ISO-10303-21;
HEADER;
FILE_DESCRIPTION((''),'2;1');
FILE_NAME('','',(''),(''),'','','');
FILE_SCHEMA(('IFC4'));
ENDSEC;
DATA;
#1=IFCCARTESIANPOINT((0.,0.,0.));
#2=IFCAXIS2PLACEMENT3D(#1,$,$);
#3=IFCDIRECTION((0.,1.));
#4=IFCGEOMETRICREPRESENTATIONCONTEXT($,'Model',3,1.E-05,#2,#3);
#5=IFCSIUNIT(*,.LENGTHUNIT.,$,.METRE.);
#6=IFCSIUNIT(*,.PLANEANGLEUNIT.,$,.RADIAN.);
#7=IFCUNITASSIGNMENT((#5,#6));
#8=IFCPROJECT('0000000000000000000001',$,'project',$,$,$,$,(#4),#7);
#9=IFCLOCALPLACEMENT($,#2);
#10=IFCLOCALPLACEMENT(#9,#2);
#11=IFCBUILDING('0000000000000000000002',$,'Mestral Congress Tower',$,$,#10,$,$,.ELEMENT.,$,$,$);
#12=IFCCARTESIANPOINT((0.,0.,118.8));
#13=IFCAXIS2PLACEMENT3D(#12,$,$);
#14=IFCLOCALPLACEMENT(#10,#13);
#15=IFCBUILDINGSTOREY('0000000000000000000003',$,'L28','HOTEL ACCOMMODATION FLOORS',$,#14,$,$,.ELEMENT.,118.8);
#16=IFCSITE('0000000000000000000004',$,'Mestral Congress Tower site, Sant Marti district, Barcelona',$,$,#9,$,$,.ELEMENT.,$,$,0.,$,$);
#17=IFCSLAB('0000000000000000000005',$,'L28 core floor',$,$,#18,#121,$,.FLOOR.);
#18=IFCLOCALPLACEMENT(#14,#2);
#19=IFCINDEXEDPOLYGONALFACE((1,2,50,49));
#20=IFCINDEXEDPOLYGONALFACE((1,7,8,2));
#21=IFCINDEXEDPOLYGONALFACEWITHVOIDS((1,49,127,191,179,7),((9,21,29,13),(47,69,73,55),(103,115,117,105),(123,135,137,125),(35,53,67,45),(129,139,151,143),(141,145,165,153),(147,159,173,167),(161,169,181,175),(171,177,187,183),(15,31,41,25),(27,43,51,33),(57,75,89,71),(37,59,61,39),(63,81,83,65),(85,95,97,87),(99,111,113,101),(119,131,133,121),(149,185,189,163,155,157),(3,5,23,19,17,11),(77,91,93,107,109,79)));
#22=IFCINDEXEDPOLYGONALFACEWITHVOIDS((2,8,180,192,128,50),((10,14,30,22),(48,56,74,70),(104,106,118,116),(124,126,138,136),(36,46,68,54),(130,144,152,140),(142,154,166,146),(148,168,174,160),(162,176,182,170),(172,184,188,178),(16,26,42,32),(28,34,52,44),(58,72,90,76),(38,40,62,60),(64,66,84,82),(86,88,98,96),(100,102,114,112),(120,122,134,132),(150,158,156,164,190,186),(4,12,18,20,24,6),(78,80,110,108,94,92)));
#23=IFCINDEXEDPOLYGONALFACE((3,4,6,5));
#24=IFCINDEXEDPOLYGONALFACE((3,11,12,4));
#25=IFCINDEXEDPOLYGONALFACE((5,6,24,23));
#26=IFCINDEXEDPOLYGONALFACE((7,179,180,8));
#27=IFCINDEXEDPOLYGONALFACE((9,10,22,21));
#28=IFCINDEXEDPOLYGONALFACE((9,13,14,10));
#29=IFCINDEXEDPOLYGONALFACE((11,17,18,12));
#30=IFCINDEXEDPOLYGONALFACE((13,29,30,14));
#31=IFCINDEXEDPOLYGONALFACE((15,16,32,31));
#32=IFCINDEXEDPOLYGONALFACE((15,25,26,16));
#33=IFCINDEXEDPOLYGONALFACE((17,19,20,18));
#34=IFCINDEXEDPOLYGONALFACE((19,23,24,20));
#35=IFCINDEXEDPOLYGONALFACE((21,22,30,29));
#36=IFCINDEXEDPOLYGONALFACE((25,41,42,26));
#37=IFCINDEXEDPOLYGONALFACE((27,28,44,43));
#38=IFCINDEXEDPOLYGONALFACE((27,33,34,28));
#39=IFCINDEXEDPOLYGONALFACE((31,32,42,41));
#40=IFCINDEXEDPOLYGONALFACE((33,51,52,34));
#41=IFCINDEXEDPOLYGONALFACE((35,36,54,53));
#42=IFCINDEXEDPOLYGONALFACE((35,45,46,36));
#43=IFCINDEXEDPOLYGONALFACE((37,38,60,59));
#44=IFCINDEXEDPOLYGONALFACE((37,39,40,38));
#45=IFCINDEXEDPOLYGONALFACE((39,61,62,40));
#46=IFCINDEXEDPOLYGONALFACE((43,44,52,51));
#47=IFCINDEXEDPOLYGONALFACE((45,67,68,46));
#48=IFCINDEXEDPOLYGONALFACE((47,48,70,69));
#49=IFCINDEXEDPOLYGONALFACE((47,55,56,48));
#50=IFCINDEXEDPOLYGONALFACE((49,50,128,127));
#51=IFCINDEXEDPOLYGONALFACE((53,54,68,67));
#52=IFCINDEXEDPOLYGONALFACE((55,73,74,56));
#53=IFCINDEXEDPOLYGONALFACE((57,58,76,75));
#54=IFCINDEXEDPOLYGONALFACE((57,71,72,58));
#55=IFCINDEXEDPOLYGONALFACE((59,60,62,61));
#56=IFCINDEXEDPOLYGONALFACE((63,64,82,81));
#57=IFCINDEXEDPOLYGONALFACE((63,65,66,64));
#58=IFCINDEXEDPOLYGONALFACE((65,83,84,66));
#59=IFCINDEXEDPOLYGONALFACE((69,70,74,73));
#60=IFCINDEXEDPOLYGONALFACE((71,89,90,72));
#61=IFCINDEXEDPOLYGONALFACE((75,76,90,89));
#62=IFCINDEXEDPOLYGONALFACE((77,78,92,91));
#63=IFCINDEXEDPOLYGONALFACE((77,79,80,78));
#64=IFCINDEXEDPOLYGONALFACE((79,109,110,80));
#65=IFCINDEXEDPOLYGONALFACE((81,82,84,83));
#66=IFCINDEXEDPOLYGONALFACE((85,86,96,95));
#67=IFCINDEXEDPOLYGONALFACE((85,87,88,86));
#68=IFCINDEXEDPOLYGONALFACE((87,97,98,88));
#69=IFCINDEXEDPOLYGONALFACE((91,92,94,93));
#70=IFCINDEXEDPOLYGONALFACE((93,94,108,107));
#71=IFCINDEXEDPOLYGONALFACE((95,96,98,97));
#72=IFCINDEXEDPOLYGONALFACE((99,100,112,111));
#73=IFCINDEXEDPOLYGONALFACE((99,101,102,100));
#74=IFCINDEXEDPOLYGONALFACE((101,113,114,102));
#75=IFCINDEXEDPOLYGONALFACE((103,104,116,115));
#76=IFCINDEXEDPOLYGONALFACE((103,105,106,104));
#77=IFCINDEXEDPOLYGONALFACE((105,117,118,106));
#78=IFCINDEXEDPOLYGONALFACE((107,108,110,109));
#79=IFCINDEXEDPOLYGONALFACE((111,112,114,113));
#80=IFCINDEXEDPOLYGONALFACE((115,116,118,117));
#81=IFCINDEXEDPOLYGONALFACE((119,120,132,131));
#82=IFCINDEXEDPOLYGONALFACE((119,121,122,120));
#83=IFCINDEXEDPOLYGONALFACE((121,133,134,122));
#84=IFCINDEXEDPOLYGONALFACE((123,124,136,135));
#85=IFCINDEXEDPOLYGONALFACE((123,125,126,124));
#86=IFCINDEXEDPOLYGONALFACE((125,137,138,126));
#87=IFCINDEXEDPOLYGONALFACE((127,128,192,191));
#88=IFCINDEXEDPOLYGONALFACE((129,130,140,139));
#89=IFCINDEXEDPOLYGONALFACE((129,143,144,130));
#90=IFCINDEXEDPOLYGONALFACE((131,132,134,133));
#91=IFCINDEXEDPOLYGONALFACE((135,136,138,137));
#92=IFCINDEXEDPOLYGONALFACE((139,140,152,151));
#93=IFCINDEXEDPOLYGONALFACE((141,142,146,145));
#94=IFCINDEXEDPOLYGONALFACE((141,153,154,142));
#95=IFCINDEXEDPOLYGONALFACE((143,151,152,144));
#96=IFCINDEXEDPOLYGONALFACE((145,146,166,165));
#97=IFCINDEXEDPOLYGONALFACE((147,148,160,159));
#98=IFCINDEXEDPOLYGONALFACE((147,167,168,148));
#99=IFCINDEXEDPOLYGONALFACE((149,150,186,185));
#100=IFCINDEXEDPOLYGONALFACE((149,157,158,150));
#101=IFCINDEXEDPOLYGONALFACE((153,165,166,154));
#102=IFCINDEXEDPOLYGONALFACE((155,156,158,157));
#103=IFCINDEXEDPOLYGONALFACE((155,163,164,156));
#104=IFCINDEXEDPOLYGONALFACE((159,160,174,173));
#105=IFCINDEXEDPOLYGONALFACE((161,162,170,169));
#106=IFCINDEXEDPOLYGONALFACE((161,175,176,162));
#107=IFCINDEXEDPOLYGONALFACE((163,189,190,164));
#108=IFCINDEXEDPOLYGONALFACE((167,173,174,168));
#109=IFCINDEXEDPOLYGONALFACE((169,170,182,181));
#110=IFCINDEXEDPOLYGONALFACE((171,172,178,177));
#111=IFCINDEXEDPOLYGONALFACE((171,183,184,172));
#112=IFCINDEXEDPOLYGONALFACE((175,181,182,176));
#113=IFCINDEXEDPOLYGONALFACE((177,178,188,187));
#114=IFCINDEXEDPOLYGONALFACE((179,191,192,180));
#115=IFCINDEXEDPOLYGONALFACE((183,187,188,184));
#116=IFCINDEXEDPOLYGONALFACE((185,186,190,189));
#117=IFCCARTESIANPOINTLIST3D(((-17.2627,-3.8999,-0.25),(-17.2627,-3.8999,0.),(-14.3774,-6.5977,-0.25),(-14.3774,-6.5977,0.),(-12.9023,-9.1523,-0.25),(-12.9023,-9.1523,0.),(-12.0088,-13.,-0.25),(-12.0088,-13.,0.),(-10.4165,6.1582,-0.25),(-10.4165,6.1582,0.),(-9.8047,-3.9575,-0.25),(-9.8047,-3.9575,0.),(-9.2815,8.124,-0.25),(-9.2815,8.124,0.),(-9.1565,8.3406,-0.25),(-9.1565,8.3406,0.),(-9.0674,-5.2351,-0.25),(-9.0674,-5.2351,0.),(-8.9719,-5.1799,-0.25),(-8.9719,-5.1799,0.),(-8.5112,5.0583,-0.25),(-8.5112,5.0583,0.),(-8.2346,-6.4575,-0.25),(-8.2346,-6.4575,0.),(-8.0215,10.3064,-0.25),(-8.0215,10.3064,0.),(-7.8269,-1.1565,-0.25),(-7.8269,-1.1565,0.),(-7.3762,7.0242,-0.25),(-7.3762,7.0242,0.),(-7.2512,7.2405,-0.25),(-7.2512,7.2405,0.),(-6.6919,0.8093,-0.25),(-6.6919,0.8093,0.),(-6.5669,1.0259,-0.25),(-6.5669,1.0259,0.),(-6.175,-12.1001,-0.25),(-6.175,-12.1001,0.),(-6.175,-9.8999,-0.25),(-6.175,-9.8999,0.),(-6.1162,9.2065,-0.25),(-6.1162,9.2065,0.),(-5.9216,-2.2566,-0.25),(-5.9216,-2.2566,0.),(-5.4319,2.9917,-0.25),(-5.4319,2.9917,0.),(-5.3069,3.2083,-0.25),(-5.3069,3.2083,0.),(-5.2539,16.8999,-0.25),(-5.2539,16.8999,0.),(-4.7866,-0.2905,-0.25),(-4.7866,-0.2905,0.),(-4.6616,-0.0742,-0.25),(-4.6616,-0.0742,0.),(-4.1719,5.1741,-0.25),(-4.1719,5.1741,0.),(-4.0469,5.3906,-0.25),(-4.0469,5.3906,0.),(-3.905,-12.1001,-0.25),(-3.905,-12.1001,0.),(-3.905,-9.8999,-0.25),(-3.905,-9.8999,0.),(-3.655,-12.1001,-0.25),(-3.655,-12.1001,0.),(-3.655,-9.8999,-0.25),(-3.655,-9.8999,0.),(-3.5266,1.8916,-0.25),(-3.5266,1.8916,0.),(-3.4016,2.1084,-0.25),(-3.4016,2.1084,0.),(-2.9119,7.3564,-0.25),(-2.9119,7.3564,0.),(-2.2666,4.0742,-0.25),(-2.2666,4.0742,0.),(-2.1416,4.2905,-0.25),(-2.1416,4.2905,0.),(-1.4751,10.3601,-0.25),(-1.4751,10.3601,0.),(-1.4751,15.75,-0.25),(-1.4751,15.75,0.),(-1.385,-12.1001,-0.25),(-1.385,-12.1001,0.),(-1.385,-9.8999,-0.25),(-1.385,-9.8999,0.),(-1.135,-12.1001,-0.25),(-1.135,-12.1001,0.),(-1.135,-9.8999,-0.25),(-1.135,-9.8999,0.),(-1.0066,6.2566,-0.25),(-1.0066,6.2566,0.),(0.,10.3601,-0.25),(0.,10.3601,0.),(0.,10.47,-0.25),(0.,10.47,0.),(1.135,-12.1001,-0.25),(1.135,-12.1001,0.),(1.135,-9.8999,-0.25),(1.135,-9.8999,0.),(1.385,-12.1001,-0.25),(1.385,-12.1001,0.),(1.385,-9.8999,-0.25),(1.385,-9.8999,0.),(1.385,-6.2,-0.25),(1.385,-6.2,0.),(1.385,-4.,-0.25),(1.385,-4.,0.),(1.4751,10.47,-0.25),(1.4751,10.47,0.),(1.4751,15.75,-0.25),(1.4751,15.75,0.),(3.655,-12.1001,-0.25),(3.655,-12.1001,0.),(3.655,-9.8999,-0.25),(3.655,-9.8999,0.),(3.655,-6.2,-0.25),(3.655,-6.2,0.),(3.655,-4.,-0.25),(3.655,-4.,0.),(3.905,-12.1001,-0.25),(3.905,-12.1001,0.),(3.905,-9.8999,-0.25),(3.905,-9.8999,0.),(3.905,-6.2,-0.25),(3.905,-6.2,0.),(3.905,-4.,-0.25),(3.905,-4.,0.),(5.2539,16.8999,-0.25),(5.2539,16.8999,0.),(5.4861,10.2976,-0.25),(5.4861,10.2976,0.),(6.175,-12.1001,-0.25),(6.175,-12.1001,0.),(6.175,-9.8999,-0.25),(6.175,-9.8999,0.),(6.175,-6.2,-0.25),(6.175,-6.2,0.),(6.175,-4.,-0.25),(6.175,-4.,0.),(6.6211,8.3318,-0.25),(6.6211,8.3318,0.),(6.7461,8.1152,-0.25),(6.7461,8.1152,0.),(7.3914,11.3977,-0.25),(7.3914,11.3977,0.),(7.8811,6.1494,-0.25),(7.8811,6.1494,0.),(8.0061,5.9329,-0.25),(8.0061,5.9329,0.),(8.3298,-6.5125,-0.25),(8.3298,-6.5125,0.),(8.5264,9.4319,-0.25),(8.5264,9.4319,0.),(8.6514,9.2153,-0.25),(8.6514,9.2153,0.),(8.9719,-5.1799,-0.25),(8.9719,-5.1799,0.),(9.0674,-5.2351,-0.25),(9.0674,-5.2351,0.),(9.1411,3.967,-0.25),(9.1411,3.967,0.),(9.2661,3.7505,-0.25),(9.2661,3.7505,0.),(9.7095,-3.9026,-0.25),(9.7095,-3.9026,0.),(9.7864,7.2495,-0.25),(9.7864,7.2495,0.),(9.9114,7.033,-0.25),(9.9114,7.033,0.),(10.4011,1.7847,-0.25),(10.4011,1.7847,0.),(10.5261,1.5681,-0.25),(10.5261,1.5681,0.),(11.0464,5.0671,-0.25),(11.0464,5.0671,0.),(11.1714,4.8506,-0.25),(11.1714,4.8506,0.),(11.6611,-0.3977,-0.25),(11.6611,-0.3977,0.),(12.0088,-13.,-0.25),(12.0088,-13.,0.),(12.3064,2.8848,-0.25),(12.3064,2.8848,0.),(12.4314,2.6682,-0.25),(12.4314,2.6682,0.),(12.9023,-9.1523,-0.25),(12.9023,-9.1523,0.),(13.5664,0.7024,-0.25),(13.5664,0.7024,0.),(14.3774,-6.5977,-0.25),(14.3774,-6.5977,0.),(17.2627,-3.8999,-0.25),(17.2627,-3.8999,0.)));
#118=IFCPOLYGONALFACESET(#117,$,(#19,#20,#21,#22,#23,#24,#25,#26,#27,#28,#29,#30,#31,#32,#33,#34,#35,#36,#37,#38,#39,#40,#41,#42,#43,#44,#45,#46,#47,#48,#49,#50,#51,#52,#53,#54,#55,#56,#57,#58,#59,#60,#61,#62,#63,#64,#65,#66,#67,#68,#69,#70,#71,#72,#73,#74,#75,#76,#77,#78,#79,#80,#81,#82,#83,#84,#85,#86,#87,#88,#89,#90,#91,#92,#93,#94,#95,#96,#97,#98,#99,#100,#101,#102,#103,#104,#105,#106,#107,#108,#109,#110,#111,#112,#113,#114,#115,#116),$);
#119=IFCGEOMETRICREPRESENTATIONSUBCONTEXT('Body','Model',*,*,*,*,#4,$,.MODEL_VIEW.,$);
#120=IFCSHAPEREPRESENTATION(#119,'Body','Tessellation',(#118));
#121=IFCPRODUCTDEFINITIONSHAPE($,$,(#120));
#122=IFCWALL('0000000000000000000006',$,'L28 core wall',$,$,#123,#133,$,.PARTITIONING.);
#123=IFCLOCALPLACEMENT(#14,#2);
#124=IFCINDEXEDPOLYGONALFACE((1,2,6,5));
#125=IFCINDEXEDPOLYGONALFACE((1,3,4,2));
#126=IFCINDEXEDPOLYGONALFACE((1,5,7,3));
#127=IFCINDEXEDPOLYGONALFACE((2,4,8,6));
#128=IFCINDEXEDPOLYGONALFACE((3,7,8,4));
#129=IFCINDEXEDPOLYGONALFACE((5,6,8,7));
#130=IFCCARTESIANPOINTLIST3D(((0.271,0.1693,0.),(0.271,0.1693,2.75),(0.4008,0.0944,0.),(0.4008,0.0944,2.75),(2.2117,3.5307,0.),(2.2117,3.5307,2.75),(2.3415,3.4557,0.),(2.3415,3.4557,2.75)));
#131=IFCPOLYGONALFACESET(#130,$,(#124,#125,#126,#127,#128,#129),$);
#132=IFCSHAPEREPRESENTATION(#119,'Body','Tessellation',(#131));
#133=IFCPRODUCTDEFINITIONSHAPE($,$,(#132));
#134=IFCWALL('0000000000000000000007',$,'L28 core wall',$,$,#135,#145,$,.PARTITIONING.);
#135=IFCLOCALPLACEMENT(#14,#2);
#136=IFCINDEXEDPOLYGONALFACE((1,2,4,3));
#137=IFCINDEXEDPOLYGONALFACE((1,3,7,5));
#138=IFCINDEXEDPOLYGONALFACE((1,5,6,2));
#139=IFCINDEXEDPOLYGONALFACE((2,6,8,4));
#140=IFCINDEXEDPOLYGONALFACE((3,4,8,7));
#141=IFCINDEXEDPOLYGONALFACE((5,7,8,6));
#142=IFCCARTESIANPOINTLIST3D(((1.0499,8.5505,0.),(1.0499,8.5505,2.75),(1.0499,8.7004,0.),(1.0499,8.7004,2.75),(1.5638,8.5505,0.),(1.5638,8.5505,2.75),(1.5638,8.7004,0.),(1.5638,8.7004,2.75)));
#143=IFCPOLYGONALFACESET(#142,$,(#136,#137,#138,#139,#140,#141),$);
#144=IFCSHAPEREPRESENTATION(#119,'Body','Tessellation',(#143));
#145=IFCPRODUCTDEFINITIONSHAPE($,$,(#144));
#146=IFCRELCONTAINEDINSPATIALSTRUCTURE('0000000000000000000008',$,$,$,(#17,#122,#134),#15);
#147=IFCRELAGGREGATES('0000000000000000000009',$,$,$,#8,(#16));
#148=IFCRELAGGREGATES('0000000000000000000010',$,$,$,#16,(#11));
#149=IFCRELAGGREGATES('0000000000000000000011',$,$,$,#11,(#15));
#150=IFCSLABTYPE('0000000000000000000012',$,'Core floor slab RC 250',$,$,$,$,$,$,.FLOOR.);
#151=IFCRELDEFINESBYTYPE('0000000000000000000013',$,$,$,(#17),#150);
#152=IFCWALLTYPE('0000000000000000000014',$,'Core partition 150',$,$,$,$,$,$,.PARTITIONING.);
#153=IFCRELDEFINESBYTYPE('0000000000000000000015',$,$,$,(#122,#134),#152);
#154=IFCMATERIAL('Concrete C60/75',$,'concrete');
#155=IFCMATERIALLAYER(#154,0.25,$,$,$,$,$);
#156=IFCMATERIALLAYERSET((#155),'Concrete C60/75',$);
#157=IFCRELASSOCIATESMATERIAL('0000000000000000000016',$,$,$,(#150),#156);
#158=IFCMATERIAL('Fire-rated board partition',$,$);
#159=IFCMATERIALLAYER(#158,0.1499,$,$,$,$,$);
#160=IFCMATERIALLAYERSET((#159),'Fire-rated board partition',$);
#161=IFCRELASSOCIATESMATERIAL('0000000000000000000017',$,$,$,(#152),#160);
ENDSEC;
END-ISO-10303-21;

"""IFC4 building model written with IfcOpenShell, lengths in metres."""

from ifc_helpers import new_model, si_unit, direction, frame, frame_2d, origin, place, context, subcontext, project, spatial, polyline, rectangle, outline, extrude, material, layer, layer_set, type_object, element, save


model = new_model("IFC4")

# Units and contexts
model_context = context("Model", 3, precision=1e-05, world=origin(), true_north=direction((0.0, 1.0)))
body_context = subcontext(model_context, "Body", "Model", "MODEL_VIEW")
ifc_project = project(units=[si_unit("LENGTHUNIT", "METRE"), si_unit("PLANEANGLEUNIT", "RADIAN")], contexts=[model_context])

# Site, building, storey
site_placement = place(None, origin())
site = spatial("IfcSite", under=ifc_project, at=site_placement, Name="Mestral Congress Tower site, Sant Marti district, Barcelona", CompositionType="ELEMENT", RefElevation=0.0)
building_placement = place(site_placement, origin())
building = spatial("IfcBuilding", under=site, at=building_placement, Name="Mestral Congress Tower", CompositionType="ELEMENT")
storey_placement = place(building_placement, frame((0.0, 0.0, 118.8)))
storey = spatial("IfcBuildingStorey", under=building, at=storey_placement, Name="L28", Description="HOTEL ACCOMMODATION FLOORS", CompositionType="ELEMENT", Elevation=118.8)

# Slab
ifc_material_1 = material(Name="Concrete C60/75", Category="concrete")
ifc_layer_1 = layer(ifc_material_1, 0.25)
ifc_layer_set_1 = layer_set([ifc_layer_1], Name="Concrete C60/75")
slab_type = type_object("IfcSlabType", Name="Core floor slab RC 250", PredefinedType="FLOOR", material=ifc_layer_set_1)
slab_placement = place(storey_placement, frame((0.0, 0.0, -0.25)))
element("IfcSlab", 1, at=slab_placement, inside=storey, type_object=slab_type, Name="L28 core floor", PredefinedType="FLOOR", context=body_context, shape_type="SweptSolid", body=[
    extrude(outline(polyline([(12.0088, -13.0), (-12.0088, -13.0), (-17.2627, -3.8999), (-5.2539, 16.8999), (5.2539, 16.8999), (17.2627, -3.8999), (12.0088, -13.0)]), holes=[polyline([(-3.905, -9.8999), (-6.175, -9.8999), (-6.175, -12.1001), (-3.905, -12.1001), (-3.905, -9.8999)]), polyline([(-1.385, -9.8999), (-3.655, -9.8999), (-3.655, -12.1001), (-1.385, -12.1001), (-1.385, -9.8999)]), polyline([(1.135, -9.8999), (-1.135, -9.8999), (-1.135, -12.1001), (1.135, -12.1001), (1.135, -9.8999)]), polyline([(-9.0674, -5.2351), (-9.8047, -3.9575), (-14.3774, -6.5977), (-12.9023, -9.1523), (-8.2346, -6.4575), (-8.9719, -5.1799), (-9.0674, -5.2351)]), polyline([(-7.8269, -1.1565), (-5.9216, -2.2566), (-4.7866, -0.2905), (-6.6919, 0.8093), (-7.8269, -1.1565)]), polyline([(-4.6616, -0.0742), (-3.5266, 1.8916), (-5.4319, 2.9917), (-6.5669, 1.0259), (-4.6616, -0.0742)]), polyline([(-3.4016, 2.1084), (-2.2666, 4.0742), (-4.1719, 5.1741), (-5.3069, 3.2083), (-3.4016, 2.1084)]), polyline([(-2.1416, 4.2905), (-1.0066, 6.2566), (-2.9119, 7.3564), (-4.0469, 5.3906), (-2.1416, 4.2905)]), polyline([(-10.4165, 6.1582), (-8.5112, 5.0583), (-7.3762, 7.0242), (-9.2815, 8.124), (-10.4165, 6.1582)]), polyline([(-9.1565, 8.3406), (-7.2512, 7.2405), (-6.1162, 9.2065), (-8.0215, 10.3064), (-9.1565, 8.3406)]), polyline([(1.4751, 10.47), (1.4751, 15.75), (-1.4751, 15.75), (-1.4751, 10.3601), (0.0, 10.3601), (0.0, 10.47), (1.4751, 10.47)]), polyline([(3.655, -9.8999), (1.385, -9.8999), (1.385, -12.1001), (3.655, -12.1001), (3.655, -9.8999)]), polyline([(6.175, -9.8999), (3.905, -9.8999), (3.905, -12.1001), (6.175, -12.1001), (6.175, -9.8999)]), polyline([(9.0674, -5.2351), (8.3298, -6.5125), (12.9023, -9.1523), (14.3774, -6.5977), (9.7095, -3.9026), (8.9719, -5.1799), (9.0674, -5.2351)]), polyline([(3.655, -6.2), (3.655, -4.0), (1.385, -4.0), (1.385, -6.2), (3.655, -6.2)]), polyline([(6.175, -4.0), (3.905, -4.0), (3.905, -6.2), (6.175, -6.2), (6.175, -4.0)]), polyline([(12.4314, 2.6682), (10.5261, 1.5681), (11.6611, -0.3977), (13.5664, 0.7024), (12.4314, 2.6682)]), polyline([(11.1714, 4.8506), (9.2661, 3.7505), (10.4011, 1.7847), (12.3064, 2.8848), (11.1714, 4.8506)]), polyline([(8.0061, 5.9329), (9.1411, 3.967), (11.0464, 5.0671), (9.9114, 7.033), (8.0061, 5.9329)]), polyline([(8.6514, 9.2153), (6.7461, 8.1152), (7.8811, 6.1494), (9.7864, 7.2495), (8.6514, 9.2153)]), polyline([(7.3914, 11.3977), (5.4861, 10.2976), (6.6211, 8.3318), (8.5264, 9.4319), (7.3914, 11.3977)])]), origin(), (0.0, 0.0, 1.0), 0.25),
])

# Walls
ifc_material_2 = material(Name="Fire-rated board partition")
ifc_layer_2 = layer(ifc_material_2, 0.1499)
ifc_layer_set_2 = layer_set([ifc_layer_2], Name="Fire-rated board partition")
wall_type_1 = type_object("IfcWallType", Name="Core partition 150", PredefinedType="PARTITIONING", material=ifc_layer_set_2)
wall_1_placement = place(storey_placement, frame((0.3359, 0.1318, 0.0), z_axis=(0.0, 0.0, 1.0), x_axis=(0.500002, 0.866024, 0.0)))
element("IfcWall", 2, at=wall_1_placement, inside=storey, type_object=wall_type_1, Name="L28 core wall", PredefinedType="PARTITIONING", context=body_context, shape_type="SweptSolid", body=[
    extrude(rectangle(XDim=3.8813, YDim=0.1499, at=frame_2d((1.9407, 0.0))), origin(), (0.0, 0.0, 1.0), 2.75),
])
wall_2_placement = place(storey_placement, frame((1.05, 8.6255, 0.0), z_axis=(0.0, 0.0, 1.0), x_axis=(1.0, 0.0, 0.0)))
element("IfcWall", 3, at=wall_2_placement, inside=storey, type_object=wall_type_1, Name="L28 core wall", PredefinedType="PARTITIONING", context=body_context, shape_type="SweptSolid", body=[
    extrude(rectangle(XDim=0.5139, YDim=0.1499, at=frame_2d((0.2568, 0.0))), origin(), (0.0, 0.0, 1.0), 2.75),
])

save(model, "model.ifc")
